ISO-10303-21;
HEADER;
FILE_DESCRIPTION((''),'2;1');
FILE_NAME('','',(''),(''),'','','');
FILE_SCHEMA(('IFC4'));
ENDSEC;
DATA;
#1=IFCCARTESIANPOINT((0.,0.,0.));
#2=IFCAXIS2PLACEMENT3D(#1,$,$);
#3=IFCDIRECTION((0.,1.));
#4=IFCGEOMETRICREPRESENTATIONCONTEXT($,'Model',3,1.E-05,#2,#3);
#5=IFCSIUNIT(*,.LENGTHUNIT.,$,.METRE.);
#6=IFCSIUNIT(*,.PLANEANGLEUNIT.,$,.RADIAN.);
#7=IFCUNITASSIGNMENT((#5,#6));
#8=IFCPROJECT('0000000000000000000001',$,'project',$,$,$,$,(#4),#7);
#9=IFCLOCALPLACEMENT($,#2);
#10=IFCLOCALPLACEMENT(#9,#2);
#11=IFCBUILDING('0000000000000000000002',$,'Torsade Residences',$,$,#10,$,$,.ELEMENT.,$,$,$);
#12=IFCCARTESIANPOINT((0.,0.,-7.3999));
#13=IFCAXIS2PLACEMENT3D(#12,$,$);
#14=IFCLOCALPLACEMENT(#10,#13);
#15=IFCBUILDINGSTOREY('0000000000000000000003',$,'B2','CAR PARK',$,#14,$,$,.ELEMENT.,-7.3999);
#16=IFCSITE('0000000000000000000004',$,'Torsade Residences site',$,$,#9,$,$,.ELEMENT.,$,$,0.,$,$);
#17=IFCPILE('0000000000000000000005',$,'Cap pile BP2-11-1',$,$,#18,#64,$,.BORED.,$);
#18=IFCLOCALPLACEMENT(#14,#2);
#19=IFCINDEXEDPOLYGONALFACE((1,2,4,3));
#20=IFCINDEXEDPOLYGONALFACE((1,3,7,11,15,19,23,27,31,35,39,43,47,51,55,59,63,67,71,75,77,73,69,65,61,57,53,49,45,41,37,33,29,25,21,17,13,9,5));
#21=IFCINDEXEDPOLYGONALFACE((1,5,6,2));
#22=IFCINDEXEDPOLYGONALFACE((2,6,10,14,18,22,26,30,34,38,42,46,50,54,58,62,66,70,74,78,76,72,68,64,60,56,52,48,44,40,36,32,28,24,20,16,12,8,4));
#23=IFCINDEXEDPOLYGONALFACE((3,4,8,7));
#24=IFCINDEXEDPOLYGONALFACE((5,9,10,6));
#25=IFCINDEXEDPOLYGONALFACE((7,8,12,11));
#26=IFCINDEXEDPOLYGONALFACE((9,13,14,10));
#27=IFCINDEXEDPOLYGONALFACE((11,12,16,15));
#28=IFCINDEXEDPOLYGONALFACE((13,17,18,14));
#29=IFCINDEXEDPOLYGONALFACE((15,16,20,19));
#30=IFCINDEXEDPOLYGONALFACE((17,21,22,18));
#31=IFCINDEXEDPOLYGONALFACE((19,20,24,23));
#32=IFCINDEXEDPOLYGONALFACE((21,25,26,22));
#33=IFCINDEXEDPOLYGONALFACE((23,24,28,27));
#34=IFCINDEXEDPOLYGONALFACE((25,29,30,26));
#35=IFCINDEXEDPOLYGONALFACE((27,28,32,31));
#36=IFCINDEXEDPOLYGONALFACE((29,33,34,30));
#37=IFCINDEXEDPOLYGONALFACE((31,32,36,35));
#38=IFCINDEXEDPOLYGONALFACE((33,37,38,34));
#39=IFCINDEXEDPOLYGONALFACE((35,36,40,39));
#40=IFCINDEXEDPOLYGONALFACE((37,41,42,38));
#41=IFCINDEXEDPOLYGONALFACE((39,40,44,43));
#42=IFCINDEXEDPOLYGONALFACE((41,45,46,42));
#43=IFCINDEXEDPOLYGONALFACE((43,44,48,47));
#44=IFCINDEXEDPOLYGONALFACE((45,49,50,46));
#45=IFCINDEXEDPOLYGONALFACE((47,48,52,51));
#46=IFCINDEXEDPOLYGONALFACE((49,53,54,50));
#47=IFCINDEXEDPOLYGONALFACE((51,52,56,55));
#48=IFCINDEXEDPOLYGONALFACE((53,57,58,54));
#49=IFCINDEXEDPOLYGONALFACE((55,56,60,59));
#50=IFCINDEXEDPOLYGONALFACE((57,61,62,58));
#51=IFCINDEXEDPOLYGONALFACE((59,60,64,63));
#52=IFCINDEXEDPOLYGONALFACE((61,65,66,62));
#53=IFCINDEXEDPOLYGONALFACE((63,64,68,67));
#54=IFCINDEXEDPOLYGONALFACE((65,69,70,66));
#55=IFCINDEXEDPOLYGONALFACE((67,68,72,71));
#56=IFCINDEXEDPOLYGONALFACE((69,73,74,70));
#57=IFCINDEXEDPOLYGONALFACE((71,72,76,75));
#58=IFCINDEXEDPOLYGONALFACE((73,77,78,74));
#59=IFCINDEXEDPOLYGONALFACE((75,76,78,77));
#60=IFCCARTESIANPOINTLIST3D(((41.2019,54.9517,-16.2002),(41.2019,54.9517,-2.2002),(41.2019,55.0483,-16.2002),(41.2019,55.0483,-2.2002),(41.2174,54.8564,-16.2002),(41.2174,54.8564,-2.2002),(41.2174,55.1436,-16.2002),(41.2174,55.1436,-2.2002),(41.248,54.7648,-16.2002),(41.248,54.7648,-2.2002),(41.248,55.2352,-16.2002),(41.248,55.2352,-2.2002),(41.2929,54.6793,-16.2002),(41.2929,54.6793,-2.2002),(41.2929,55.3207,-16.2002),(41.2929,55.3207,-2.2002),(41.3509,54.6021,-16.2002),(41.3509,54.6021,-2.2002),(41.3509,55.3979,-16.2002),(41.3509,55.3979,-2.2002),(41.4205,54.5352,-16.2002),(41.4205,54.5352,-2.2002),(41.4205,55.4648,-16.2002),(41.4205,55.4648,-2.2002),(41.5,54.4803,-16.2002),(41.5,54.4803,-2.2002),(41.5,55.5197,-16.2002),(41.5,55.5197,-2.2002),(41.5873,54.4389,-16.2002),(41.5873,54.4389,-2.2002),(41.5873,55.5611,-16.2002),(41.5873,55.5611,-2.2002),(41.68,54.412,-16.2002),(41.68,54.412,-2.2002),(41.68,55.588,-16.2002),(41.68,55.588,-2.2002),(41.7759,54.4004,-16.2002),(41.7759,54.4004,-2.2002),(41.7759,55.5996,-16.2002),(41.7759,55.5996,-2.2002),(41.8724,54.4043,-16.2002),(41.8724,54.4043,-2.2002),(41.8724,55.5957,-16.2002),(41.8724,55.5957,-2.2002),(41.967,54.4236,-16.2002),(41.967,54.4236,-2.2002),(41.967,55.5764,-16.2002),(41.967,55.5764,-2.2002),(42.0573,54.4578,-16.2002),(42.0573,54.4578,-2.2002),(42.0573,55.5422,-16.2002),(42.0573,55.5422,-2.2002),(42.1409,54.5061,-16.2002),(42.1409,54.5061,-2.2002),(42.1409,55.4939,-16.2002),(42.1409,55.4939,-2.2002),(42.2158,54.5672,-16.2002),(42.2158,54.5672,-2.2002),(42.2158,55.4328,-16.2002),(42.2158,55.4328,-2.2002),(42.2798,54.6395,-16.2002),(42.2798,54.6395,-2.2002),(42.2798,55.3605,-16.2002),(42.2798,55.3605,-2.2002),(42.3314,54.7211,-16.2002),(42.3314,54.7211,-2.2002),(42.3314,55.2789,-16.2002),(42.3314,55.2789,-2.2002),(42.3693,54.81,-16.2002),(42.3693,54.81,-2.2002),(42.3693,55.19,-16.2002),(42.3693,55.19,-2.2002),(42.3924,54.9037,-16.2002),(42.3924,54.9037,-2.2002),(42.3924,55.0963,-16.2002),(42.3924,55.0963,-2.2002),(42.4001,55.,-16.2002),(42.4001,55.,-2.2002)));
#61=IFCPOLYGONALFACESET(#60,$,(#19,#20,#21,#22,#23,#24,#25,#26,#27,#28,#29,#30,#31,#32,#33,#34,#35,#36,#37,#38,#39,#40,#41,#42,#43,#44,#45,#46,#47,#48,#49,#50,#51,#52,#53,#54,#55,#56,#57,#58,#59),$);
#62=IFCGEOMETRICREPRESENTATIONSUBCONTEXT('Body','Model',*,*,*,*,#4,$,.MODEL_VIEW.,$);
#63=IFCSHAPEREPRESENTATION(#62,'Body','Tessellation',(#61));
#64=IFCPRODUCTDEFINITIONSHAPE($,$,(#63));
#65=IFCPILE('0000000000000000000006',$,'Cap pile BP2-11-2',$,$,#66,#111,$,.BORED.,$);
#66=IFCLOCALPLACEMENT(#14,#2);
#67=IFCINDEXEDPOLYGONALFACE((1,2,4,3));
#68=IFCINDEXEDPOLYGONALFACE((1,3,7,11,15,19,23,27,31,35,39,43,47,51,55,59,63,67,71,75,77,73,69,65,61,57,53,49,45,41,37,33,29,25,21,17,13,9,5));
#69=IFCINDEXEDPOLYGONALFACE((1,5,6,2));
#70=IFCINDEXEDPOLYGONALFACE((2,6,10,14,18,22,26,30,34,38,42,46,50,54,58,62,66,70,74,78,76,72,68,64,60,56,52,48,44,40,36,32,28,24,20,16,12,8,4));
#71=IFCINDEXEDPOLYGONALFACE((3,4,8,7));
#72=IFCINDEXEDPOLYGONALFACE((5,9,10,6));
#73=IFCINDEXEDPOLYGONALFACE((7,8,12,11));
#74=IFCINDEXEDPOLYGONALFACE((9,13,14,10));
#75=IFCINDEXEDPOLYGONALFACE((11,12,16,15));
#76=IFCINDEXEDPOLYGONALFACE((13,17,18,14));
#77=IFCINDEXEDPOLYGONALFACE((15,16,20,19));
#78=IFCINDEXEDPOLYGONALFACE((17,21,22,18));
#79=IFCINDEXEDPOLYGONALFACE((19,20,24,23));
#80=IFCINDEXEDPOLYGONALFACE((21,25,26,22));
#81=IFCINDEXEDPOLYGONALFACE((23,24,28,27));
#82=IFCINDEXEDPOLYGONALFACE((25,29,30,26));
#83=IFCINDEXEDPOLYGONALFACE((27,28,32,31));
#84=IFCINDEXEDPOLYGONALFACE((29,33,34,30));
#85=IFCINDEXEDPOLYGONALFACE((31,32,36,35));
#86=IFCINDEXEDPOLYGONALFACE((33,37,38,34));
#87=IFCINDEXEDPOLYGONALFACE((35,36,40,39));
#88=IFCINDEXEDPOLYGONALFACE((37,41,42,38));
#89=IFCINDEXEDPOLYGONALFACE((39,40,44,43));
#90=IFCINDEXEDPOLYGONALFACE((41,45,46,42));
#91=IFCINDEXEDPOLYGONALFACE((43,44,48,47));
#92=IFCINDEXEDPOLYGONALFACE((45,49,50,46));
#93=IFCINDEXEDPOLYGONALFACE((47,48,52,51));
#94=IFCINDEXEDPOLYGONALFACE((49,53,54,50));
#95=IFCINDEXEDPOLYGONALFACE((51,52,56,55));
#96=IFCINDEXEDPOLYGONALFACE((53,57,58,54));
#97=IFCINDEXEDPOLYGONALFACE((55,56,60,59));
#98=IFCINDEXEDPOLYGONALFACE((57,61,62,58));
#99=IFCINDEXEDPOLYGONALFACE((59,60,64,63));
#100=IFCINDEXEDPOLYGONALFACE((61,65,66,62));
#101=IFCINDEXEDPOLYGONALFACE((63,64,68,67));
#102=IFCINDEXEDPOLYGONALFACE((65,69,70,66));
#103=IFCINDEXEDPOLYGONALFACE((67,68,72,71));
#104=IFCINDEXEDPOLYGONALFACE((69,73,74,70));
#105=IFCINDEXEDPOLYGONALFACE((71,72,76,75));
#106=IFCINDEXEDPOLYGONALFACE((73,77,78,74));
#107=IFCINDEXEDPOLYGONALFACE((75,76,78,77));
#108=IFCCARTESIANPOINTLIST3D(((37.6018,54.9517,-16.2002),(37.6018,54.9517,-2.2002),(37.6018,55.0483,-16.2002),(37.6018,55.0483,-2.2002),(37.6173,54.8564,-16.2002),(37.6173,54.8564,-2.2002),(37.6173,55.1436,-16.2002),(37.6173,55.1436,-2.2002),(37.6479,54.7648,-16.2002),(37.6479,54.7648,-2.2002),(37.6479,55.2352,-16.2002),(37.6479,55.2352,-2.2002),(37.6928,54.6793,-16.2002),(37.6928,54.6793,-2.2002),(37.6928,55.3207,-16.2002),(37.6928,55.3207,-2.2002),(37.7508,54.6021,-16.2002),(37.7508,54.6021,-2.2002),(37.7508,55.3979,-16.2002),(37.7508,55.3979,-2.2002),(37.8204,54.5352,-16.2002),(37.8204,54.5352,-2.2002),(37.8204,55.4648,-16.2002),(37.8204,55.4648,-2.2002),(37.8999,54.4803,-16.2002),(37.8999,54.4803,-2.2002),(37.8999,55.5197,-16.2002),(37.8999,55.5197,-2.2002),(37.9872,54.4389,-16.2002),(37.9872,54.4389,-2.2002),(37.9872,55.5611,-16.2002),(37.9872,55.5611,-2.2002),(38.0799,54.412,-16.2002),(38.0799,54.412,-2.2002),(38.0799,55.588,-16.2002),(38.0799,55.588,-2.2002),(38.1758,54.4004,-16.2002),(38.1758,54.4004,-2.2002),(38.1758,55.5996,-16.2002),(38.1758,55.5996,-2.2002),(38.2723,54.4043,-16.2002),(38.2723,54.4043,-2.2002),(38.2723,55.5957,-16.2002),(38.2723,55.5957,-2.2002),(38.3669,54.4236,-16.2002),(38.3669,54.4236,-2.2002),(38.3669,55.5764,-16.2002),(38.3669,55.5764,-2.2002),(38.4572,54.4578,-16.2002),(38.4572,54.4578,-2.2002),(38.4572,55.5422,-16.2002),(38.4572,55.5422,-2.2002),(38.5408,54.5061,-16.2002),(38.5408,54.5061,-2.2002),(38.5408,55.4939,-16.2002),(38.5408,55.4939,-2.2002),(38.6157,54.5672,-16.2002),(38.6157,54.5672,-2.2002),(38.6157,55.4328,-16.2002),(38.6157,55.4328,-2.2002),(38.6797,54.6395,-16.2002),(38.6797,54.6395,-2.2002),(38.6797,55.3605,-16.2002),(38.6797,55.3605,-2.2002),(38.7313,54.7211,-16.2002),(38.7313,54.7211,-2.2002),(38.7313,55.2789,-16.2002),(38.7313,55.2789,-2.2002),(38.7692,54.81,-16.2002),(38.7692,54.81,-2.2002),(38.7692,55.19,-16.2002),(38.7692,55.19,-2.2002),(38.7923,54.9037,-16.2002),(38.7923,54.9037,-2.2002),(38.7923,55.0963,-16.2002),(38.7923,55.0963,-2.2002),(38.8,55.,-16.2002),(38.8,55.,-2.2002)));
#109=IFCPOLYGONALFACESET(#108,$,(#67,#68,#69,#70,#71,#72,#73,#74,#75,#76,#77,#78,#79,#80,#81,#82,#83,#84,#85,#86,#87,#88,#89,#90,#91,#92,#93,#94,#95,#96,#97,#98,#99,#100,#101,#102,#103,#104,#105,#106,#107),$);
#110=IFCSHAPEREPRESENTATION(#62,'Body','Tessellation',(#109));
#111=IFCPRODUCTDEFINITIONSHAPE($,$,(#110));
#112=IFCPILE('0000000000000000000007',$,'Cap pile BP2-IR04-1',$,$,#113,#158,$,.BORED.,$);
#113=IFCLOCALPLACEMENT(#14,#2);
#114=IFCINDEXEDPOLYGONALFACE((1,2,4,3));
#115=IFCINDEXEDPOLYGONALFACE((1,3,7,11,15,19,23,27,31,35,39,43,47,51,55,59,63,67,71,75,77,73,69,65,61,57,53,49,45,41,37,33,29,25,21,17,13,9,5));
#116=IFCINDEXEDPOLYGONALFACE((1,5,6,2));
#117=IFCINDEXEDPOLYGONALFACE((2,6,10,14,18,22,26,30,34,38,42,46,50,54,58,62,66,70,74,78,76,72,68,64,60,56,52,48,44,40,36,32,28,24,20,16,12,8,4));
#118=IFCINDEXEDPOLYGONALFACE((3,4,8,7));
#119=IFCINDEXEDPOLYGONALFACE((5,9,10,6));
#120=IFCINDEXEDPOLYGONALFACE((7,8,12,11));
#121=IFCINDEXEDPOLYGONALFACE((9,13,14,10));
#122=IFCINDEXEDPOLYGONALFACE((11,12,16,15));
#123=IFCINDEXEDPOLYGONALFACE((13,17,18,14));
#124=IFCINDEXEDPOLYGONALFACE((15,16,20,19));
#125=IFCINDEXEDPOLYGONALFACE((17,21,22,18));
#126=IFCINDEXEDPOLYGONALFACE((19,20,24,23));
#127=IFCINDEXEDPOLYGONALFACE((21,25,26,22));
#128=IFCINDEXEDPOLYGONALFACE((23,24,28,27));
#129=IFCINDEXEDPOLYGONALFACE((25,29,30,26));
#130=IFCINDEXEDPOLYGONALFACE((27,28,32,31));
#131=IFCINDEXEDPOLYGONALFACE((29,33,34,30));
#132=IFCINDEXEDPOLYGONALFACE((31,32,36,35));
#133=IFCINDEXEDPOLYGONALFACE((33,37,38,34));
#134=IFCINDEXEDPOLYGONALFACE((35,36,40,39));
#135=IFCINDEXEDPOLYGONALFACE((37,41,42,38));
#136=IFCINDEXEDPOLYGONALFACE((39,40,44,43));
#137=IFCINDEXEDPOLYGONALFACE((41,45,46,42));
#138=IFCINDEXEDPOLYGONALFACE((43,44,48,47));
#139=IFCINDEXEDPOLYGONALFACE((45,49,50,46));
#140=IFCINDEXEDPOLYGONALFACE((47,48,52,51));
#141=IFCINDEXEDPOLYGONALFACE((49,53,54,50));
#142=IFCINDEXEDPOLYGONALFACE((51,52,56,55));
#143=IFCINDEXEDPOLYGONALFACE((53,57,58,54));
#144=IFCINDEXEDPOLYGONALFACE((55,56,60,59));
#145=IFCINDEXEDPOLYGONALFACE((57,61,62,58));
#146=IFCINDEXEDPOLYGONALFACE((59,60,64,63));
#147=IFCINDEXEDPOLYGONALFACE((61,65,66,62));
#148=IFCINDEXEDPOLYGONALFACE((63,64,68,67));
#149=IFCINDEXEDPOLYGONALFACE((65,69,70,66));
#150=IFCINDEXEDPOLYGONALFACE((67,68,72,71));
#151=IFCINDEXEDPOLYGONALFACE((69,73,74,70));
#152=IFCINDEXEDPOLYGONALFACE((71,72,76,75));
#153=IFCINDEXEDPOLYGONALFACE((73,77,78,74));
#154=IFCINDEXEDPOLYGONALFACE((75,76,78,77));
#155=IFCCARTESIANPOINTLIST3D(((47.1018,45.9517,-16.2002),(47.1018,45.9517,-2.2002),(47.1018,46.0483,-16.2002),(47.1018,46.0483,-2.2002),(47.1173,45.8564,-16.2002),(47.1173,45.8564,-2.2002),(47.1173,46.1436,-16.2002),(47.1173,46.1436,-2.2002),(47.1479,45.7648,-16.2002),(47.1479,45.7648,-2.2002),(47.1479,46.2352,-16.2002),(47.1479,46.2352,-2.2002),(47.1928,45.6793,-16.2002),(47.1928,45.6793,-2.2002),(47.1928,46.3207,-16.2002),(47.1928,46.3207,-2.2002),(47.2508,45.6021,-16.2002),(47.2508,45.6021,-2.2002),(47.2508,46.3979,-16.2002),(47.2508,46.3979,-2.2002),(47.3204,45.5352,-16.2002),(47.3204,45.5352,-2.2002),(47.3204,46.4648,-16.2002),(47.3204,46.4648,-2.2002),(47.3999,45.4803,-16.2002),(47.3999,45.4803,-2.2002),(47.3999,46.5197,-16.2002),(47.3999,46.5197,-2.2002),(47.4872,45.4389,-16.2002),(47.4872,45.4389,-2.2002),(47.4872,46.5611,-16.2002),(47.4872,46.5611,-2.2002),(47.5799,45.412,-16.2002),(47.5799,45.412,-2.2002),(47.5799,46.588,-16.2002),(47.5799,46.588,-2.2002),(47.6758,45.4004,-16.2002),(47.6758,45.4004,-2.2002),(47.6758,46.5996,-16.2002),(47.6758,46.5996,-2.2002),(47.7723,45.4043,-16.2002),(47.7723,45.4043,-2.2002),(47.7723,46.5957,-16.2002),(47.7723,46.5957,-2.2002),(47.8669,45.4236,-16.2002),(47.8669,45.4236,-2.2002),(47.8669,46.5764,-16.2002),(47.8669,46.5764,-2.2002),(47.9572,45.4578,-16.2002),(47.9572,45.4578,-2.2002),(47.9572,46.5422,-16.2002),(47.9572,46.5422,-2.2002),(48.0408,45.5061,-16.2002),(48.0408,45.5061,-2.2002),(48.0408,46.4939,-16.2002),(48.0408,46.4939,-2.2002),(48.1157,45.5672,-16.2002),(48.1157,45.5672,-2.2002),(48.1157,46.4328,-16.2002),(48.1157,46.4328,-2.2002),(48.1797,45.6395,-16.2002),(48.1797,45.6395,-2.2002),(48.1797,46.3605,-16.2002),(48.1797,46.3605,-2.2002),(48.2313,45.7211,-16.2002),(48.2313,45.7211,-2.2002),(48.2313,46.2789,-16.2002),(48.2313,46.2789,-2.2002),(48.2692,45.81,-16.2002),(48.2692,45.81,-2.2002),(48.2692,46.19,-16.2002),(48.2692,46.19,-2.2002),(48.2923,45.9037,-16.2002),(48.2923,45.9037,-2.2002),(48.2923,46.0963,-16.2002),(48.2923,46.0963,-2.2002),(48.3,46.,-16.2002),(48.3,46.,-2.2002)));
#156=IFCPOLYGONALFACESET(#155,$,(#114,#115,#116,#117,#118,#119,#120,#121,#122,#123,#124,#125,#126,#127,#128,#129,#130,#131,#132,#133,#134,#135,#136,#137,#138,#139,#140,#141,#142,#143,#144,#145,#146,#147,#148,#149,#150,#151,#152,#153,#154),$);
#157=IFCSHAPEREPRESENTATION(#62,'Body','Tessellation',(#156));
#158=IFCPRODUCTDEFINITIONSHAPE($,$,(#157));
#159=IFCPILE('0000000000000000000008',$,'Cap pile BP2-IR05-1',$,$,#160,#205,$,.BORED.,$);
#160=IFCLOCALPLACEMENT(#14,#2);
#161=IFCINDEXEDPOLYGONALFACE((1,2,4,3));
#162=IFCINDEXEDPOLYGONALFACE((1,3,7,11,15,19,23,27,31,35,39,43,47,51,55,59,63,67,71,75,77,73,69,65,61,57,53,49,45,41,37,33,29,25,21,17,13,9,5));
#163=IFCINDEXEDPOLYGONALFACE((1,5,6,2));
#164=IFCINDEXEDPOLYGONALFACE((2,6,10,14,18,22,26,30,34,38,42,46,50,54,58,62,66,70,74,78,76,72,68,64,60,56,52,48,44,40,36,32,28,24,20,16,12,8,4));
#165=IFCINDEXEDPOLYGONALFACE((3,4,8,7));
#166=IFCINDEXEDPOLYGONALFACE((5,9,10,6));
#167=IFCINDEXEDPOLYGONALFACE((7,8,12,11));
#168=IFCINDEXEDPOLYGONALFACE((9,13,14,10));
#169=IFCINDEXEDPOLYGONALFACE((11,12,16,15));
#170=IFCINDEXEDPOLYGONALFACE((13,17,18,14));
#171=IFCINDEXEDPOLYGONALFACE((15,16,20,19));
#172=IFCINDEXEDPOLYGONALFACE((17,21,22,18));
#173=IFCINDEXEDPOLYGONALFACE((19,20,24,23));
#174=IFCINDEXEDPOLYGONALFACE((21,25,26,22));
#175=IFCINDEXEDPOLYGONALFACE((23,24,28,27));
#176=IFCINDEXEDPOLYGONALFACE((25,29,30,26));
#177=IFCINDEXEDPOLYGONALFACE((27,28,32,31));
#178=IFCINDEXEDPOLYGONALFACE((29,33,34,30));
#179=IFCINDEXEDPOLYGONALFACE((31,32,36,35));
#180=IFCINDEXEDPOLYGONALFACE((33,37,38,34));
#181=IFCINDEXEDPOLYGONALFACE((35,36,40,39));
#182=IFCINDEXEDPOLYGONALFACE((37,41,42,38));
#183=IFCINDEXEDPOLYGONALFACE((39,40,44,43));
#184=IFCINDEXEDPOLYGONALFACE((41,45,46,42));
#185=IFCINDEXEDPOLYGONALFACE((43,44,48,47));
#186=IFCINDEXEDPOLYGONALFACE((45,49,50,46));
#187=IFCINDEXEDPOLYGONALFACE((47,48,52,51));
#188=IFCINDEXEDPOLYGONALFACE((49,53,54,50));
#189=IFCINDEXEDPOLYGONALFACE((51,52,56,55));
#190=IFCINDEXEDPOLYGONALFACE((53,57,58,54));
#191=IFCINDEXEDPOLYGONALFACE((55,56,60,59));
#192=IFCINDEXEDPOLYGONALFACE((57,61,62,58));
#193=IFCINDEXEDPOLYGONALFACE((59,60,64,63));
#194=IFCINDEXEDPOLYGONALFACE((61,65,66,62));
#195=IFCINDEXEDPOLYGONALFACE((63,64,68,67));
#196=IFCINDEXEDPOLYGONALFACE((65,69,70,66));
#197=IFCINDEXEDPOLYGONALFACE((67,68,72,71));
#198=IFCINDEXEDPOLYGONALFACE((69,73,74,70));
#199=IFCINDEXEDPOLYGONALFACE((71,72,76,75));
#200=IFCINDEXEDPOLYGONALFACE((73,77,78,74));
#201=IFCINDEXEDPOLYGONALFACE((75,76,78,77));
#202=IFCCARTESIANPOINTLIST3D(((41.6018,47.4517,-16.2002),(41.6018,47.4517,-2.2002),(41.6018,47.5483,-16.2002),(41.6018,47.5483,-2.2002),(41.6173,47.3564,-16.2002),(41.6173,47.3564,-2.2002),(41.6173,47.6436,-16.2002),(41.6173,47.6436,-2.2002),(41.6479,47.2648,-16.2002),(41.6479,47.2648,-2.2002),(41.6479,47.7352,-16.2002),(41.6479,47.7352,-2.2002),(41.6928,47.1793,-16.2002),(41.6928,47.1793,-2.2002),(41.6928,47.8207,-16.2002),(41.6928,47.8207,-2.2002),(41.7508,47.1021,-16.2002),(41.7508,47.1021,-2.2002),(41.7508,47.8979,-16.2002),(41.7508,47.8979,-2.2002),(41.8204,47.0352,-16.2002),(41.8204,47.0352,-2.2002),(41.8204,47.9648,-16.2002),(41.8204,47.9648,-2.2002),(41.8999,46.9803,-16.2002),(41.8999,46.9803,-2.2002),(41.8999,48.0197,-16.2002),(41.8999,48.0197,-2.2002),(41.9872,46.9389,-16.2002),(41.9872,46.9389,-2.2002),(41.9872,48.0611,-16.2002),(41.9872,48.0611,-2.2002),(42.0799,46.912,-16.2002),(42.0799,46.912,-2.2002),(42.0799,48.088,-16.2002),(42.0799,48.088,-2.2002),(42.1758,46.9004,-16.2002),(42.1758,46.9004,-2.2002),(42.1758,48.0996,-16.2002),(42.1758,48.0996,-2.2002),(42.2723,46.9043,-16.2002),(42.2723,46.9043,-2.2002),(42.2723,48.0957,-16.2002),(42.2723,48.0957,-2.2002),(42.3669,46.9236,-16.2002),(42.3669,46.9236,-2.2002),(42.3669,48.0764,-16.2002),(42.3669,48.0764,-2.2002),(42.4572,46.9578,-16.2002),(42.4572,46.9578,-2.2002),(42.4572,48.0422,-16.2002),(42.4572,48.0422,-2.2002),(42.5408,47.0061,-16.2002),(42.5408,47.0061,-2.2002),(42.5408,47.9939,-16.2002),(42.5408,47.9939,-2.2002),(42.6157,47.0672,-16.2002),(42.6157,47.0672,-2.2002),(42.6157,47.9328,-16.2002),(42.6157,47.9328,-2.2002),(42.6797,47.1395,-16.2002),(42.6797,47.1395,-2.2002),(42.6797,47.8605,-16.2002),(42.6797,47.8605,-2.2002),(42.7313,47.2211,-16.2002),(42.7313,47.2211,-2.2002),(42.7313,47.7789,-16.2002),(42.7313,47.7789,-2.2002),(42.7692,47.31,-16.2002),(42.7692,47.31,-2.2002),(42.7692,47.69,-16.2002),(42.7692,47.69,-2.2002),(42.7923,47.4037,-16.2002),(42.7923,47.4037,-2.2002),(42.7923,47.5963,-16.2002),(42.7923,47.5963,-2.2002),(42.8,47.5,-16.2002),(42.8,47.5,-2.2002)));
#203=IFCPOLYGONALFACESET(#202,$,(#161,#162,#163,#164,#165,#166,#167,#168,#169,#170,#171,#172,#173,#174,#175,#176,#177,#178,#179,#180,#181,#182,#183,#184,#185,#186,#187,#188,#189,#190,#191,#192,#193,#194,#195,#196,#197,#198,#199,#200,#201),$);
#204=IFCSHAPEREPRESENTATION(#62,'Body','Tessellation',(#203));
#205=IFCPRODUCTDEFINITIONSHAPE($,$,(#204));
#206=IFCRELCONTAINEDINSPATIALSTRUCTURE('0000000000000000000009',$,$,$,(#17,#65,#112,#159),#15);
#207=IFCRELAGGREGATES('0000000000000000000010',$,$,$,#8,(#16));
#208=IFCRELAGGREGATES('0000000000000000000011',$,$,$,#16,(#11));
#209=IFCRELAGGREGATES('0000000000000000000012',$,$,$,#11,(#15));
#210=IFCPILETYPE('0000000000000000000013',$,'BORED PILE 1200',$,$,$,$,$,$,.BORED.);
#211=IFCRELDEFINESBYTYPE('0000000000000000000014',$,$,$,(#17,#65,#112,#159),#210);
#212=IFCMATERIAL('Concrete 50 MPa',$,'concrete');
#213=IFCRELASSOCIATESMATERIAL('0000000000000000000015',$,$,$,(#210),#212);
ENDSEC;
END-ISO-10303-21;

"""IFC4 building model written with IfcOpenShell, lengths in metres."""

from ifc_helpers import new_model, si_unit, direction, frame, origin, origin_2d, place, context, subcontext, project, spatial, circle, extrude, material, type_object, element, save


model = new_model("IFC4")

# Units and contexts
model_context = context("Model", 3, precision=1e-05, world=origin(), true_north=direction((0.0, 1.0)))
body_context = subcontext(model_context, "Body", "Model", "MODEL_VIEW")
ifc_project = project(units=[si_unit("LENGTHUNIT", "METRE"), si_unit("PLANEANGLEUNIT", "RADIAN")], contexts=[model_context])

# Site, building, storey
site_placement = place(None, origin())
site = spatial("IfcSite", under=ifc_project, at=site_placement, Name="Torsade Residences site", CompositionType="ELEMENT", RefElevation=0.0)
building_placement = place(site_placement, origin())
building = spatial("IfcBuilding", under=site, at=building_placement, Name="Torsade Residences", CompositionType="ELEMENT")
storey_placement = place(building_placement, frame((0.0, 0.0, -7.3999)))
storey = spatial("IfcBuildingStorey", under=building, at=storey_placement, Name="B2", Description="CAR PARK", CompositionType="ELEMENT", Elevation=-7.3999)

# Piles
ifc_material_1 = material(Name="Concrete 50 MPa", Category="concrete")
pile_type_1 = type_object("IfcPileType", Name="BORED PILE 1200", PredefinedType="BORED", material=ifc_material_1)
for number, where, z_axis, x_axis, name in (
    (1, (41.8, 55.0, -2.2002), (0.0, 0.0, -1.0), (1.0, 0.0, 0.0), "Cap pile BP2-11-1"),
    (2, (38.2, 55.0, -2.2002), (0.0, 0.0, -1.0), (1.0, 0.0, 0.0), "Cap pile BP2-11-2"),
    (3, (47.7, 46.0, -2.2002), (0.0, 0.0, -1.0), (1.0, 0.0, 0.0), "Cap pile BP2-IR04-1"),
    (4, (42.2, 47.5, -2.2002), (0.0, 0.0, -1.0), (1.0, 0.0, 0.0), "Cap pile BP2-IR05-1"),
):
    element("IfcPile", number, at=place(storey_placement, frame(where, z_axis=z_axis, x_axis=x_axis)), inside=storey, type_object=pile_type_1, Name=name, PredefinedType="BORED", context=body_context, shape_type="SweptSolid", body=[
        extrude(circle(Radius=0.6001, at=origin_2d()), origin(), (0.0, 0.0, 1.0), 14.0),
    ])

save(model, "model.ifc")
